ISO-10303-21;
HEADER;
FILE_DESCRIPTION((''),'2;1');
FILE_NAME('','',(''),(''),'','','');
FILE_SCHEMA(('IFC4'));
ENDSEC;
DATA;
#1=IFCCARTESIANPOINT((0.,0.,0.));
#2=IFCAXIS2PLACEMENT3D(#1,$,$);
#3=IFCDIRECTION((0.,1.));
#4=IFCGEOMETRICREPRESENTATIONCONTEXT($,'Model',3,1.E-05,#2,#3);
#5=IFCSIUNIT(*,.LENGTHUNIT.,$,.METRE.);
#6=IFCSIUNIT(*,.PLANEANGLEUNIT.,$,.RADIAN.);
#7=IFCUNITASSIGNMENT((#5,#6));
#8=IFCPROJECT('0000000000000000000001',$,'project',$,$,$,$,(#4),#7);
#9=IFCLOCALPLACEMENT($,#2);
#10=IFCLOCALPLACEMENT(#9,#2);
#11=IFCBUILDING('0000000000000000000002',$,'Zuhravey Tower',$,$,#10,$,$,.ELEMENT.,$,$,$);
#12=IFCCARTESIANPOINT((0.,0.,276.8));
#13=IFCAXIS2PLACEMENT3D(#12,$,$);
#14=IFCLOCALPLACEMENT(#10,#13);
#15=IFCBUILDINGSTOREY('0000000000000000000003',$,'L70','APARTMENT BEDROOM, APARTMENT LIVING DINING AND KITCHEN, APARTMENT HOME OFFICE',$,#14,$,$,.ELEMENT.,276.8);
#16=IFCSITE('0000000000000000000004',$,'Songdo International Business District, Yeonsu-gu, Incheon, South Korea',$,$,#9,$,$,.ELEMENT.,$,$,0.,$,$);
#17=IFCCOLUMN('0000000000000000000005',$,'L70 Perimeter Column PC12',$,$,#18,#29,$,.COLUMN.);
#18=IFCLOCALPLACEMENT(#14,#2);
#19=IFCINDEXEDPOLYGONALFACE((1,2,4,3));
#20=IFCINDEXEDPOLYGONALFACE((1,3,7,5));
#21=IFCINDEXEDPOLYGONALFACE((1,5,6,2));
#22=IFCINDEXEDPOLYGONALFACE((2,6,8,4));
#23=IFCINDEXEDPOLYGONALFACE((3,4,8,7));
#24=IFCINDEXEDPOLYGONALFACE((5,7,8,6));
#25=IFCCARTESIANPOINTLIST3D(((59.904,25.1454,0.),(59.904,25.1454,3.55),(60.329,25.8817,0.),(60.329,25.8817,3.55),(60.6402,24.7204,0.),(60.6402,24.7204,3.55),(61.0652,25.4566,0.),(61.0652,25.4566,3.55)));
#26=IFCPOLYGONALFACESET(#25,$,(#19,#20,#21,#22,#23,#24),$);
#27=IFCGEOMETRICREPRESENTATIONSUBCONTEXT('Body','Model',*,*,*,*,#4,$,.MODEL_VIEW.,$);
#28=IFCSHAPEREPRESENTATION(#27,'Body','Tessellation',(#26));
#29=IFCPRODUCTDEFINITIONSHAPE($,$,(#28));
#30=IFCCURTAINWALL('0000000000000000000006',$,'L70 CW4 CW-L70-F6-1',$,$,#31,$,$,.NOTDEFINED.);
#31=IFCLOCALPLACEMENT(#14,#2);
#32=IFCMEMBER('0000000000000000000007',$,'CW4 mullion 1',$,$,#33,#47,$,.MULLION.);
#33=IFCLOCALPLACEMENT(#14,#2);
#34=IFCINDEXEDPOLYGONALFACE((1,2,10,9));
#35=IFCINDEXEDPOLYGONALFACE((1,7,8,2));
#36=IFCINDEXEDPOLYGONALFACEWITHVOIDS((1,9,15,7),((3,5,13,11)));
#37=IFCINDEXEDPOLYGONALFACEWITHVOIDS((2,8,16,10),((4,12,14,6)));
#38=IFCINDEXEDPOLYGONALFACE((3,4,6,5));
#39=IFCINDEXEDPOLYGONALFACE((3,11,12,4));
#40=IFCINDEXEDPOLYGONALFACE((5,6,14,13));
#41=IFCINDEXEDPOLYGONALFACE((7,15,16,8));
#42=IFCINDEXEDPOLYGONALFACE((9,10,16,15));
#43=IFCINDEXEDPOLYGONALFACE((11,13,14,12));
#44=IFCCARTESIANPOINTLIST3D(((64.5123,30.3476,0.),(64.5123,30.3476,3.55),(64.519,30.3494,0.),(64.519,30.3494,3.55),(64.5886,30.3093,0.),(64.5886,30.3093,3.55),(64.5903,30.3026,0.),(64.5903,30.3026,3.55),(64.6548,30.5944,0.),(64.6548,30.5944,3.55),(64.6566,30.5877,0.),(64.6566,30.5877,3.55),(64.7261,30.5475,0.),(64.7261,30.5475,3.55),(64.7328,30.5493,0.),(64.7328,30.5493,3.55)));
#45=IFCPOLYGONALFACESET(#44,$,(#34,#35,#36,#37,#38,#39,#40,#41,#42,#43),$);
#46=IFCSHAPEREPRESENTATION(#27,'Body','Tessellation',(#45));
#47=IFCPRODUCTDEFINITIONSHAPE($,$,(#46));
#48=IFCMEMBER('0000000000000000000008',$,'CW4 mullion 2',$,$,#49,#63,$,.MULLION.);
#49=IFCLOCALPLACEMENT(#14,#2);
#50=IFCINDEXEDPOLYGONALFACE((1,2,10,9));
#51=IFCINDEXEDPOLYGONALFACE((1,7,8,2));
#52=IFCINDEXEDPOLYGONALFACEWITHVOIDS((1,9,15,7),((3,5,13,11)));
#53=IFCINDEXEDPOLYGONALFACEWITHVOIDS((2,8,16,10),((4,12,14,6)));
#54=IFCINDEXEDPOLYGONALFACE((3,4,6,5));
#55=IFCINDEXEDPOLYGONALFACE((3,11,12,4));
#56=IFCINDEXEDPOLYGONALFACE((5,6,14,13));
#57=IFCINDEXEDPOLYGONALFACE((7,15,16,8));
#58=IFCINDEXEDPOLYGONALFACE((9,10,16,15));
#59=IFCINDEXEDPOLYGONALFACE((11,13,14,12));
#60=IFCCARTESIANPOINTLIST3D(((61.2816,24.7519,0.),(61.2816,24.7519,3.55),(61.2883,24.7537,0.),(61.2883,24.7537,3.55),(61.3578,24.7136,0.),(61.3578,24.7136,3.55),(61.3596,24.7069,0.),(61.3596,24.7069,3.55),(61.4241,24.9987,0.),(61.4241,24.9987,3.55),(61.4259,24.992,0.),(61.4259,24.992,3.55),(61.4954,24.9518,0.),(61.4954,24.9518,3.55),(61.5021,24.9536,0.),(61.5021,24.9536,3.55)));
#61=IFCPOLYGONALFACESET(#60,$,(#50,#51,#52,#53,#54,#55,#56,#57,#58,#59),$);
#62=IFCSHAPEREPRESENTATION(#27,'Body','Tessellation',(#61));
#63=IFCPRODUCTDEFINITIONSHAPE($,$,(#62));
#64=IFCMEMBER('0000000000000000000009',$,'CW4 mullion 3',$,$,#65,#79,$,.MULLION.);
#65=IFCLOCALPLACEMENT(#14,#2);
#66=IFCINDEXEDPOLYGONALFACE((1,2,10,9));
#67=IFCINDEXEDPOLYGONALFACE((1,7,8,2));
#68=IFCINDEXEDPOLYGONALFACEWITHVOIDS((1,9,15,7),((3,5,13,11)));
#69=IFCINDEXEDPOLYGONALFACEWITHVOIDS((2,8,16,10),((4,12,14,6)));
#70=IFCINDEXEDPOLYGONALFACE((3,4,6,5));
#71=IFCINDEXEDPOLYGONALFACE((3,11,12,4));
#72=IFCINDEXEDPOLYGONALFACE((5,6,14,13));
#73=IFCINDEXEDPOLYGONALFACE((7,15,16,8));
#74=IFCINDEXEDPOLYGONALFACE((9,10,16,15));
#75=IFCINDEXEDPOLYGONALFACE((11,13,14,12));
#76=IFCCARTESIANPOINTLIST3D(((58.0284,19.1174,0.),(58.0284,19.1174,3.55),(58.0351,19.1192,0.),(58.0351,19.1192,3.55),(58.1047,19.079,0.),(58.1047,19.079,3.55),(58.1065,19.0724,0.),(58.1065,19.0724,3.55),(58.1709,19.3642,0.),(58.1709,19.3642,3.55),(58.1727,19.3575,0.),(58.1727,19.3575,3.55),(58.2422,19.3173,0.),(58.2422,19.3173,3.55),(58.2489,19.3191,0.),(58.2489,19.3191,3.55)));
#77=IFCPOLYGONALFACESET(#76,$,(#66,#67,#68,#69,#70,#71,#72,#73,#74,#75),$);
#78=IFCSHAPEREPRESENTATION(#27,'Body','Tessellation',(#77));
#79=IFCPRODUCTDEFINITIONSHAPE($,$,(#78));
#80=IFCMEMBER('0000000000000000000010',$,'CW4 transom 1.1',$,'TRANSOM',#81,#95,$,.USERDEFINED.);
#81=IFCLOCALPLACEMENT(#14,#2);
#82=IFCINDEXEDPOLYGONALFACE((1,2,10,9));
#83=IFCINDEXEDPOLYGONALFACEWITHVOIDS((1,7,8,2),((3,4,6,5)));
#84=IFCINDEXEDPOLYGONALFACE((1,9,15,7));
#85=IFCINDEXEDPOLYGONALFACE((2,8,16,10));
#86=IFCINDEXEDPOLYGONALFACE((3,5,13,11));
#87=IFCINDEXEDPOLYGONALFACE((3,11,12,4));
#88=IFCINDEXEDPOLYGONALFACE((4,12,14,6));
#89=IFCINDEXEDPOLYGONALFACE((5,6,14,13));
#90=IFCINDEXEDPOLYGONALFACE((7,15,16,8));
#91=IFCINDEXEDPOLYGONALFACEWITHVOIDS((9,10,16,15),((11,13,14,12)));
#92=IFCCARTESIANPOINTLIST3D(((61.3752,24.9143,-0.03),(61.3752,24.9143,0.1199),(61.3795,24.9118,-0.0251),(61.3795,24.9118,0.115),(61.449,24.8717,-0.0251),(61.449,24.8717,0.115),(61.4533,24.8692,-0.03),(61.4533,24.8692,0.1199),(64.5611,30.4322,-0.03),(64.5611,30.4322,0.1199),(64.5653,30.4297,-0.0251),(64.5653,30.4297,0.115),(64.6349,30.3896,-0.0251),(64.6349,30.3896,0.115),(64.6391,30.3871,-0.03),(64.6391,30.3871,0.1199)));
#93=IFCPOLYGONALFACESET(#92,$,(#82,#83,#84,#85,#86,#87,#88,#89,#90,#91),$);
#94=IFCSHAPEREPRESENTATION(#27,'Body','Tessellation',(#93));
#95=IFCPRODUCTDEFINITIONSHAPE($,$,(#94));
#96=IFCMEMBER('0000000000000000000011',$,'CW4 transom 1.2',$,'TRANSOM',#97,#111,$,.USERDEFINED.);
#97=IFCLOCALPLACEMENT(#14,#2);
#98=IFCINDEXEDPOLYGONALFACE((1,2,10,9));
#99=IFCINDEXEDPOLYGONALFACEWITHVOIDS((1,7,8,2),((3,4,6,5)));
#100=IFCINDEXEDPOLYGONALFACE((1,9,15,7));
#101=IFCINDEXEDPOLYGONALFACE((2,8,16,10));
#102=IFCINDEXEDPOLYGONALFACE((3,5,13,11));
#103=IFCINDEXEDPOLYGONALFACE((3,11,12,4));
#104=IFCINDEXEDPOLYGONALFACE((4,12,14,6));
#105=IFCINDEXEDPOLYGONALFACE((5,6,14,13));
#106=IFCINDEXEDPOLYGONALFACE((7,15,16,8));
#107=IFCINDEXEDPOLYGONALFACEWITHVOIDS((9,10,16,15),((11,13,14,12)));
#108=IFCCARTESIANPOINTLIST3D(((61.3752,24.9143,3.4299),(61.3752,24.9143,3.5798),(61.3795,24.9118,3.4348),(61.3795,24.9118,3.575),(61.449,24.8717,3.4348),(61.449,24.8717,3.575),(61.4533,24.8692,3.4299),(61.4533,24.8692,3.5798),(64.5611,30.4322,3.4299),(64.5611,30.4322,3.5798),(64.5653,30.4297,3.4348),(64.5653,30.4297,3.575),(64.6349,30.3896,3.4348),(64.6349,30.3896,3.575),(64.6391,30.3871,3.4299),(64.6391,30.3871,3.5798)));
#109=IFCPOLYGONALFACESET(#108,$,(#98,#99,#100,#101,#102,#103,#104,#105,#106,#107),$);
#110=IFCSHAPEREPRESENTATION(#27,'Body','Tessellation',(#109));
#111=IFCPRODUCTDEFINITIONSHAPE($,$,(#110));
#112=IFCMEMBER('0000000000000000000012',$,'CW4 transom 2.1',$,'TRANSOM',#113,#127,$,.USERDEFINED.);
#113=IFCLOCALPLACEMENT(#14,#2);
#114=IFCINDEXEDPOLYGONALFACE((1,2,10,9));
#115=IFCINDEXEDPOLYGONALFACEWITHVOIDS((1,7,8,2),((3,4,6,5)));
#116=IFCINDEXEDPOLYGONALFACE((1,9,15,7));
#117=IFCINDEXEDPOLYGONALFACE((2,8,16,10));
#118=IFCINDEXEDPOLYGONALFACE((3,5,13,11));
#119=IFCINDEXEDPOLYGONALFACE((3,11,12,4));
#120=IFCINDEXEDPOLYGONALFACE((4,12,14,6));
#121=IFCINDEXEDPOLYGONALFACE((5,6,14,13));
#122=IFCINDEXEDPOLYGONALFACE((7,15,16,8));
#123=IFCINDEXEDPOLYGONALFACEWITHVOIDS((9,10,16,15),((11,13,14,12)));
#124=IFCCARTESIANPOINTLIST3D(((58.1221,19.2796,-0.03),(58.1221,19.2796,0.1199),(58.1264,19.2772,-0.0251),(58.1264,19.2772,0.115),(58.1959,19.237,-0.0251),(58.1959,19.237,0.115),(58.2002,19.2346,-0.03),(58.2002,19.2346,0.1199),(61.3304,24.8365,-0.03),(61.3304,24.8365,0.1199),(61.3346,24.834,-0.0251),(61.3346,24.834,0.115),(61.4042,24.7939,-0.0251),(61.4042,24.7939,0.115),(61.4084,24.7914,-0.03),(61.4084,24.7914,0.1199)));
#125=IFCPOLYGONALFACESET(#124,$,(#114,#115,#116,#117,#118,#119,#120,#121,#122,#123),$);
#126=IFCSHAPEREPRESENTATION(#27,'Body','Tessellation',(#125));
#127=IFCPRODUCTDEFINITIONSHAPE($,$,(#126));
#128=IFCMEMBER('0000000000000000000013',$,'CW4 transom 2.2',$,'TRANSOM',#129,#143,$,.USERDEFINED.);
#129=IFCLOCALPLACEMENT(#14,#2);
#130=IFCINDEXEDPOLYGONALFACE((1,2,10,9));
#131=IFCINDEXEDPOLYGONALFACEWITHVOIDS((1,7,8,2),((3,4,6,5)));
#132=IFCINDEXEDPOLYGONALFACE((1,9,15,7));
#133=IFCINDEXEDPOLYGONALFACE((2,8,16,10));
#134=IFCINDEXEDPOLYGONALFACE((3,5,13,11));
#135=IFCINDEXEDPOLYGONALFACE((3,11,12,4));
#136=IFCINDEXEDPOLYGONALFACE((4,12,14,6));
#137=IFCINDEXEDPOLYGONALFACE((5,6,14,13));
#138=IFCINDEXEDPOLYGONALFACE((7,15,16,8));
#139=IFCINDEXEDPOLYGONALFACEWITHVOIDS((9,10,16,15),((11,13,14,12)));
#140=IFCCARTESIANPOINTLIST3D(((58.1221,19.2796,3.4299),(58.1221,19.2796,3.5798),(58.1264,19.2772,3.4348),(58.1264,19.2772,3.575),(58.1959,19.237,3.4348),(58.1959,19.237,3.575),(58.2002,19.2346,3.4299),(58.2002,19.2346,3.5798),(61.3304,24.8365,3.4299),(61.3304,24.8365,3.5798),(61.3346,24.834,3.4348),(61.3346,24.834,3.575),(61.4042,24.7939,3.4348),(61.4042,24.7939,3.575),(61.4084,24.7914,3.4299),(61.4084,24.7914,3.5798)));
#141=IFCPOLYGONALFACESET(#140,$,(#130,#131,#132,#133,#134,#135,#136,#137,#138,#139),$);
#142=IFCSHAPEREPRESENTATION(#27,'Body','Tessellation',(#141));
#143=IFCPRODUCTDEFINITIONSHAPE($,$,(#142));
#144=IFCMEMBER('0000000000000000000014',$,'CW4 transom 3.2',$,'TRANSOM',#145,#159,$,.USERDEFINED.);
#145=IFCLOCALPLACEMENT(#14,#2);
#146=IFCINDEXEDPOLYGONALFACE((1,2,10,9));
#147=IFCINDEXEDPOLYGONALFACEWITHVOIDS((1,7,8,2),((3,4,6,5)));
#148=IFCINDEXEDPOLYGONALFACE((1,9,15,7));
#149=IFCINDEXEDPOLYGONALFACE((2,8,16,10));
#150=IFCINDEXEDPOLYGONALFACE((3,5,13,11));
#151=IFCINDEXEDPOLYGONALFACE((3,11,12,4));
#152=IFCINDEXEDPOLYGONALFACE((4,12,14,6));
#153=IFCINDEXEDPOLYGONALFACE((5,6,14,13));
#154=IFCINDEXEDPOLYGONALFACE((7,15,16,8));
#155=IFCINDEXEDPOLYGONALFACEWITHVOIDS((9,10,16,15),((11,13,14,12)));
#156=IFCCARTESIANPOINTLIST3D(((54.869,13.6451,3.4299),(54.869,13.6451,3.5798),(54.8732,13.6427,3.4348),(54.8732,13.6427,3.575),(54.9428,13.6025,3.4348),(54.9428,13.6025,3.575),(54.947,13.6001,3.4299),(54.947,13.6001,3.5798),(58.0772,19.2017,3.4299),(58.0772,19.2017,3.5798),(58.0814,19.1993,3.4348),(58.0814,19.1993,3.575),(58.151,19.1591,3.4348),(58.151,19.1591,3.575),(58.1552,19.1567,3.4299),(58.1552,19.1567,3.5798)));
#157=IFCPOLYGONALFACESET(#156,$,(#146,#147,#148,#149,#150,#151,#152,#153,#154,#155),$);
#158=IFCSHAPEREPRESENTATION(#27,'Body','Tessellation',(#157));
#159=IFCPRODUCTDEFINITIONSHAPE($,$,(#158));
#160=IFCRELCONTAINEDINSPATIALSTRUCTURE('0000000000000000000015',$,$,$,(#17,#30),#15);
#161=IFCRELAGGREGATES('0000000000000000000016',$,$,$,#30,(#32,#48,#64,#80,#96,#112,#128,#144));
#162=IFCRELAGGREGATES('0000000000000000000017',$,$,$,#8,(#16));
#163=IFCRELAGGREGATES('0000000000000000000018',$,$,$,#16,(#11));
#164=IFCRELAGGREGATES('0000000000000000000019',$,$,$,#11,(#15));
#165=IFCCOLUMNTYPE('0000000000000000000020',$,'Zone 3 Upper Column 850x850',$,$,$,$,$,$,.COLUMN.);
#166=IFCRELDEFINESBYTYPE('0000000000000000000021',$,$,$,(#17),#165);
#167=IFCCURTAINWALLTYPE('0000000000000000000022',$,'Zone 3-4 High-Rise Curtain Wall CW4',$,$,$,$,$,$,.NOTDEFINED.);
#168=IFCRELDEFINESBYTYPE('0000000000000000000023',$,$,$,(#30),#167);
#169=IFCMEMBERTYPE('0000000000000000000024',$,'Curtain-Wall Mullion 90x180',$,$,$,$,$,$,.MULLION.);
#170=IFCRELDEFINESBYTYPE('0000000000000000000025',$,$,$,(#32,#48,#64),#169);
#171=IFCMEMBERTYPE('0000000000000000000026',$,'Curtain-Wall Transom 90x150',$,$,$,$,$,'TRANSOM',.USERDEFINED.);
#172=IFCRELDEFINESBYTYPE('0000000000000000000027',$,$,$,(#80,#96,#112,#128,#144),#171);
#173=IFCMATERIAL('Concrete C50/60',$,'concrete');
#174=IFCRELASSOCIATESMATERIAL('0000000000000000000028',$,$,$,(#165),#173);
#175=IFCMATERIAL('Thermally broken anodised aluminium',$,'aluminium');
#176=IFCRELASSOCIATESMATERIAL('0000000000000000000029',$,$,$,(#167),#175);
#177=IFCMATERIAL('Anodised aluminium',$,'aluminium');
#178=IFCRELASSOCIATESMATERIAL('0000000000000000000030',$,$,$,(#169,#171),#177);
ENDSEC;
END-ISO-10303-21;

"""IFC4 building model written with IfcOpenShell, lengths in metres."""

from ifc_helpers import new_model, si_unit, direction, frame, origin, origin_2d, place, context, subcontext, project, spatial, rectangle, hollow_rectangle, extrude, material, material_profile, profile_set, type_object, element, aggregate, save


model = new_model("IFC4")

# Units and contexts
model_context = context("Model", 3, precision=1e-05, world=origin(), true_north=direction((0.0, 1.0)))
body_context = subcontext(model_context, "Body", "Model", "MODEL_VIEW")
ifc_project = project(units=[si_unit("LENGTHUNIT", "METRE"), si_unit("PLANEANGLEUNIT", "RADIAN")], contexts=[model_context])

# Site, building, storey
site_placement = place(None, origin())
site = spatial("IfcSite", under=ifc_project, at=site_placement, Name="Songdo International Business District, Yeonsu-gu, Incheon, South Korea", CompositionType="ELEMENT", RefElevation=0.0)
building_placement = place(site_placement, origin())
building = spatial("IfcBuilding", under=site, at=building_placement, Name="Zuhravey Tower", CompositionType="ELEMENT")
storey_placement = place(building_placement, frame((0.0, 0.0, 276.8)))
storey = spatial("IfcBuildingStorey", under=building, at=storey_placement, Name="L70", Description="APARTMENT BEDROOM, APARTMENT LIVING DINING AND KITCHEN, APARTMENT HOME OFFICE", CompositionType="ELEMENT", Elevation=276.8)

# Column
ifc_material_1 = material(Name="Concrete C50/60", Category="concrete")
ifc_material_profile_1 = material_profile(ifc_material_1, rectangle(XDim=0.8501, YDim=0.8501, at=origin_2d()), Name="RC-850x850")
ifc_profile_set_1 = profile_set([ifc_material_profile_1], Name="Concrete C50/60")
column_type = type_object("IfcColumnType", Name="Zone 3 Upper Column 850x850", PredefinedType="COLUMN", material=ifc_profile_set_1)
column_placement = place(storey_placement, frame((60.4846, 25.301, 0.0), z_axis=(0.0, 0.0, 1.0), x_axis=(0.5, 0.866025, 0.0)))
element("IfcColumn", 1, at=column_placement, inside=storey, type_object=column_type, Name="L70 Perimeter Column PC12", PredefinedType="COLUMN", context=body_context, shape_type="SweptSolid", body=[
    extrude(rectangle(XDim=0.8501, YDim=0.8501, at=origin_2d()), origin(), (0.0, 0.0, 1.0), 3.55),
])

# Curtain wall, members
ifc_material_2 = material(Name="Thermally broken anodised aluminium", Category="aluminium")
curtain_wall_type = type_object("IfcCurtainWallType", Name="Zone 3-4 High-Rise Curtain Wall CW4", PredefinedType="NOTDEFINED", material=ifc_material_2)
curtain_wall_placement = place(storey_placement, origin())
curtain_wall = element("IfcCurtainWall", 2, at=curtain_wall_placement, inside=storey, type_object=curtain_wall_type, Name="L70 CW4 CW-L70-F6-1", PredefinedType="NOTDEFINED")
ifc_material_3 = material(Name="Anodised aluminium", Category="aluminium")
ifc_material_profile_2 = material_profile(ifc_material_3, hollow_rectangle(XDim=0.0901, YDim=0.2849, WallThickness=0.0049, at=origin_2d()), Name="ALU-RHS-90x285x5")
ifc_profile_set_2 = profile_set([ifc_material_profile_2], Name="Anodised aluminium")
member_type_1 = type_object("IfcMemberType", Name="Curtain-Wall Mullion 90x180", PredefinedType="MULLION", material=ifc_profile_set_2)
member_1_placement = place(storey_placement, frame((64.6226, 30.4485, 0.0), z_axis=(0.0, 0.0, 1.0), x_axis=(0.866025, -0.500001, 0.0)))
member_1 = element("IfcMember", 3, at=member_1_placement, type_object=member_type_1, Name="CW4 mullion 1", PredefinedType="MULLION", context=body_context, shape_type="SweptSolid", body=[
    extrude(hollow_rectangle(XDim=0.0901, YDim=0.2849, WallThickness=0.0049, at=origin_2d()), origin(), (0.0, 0.0, 1.0), 3.55),
])
member_2_placement = place(storey_placement, frame((61.3918, 24.8528, 0.0), z_axis=(0.0, 0.0, 1.0), x_axis=(0.866025, -0.500001, 0.0)))
member_2 = element("IfcMember", 4, at=member_2_placement, type_object=member_type_1, Name="CW4 mullion 2", PredefinedType="MULLION", context=body_context, shape_type="SweptSolid", body=[
    extrude(hollow_rectangle(XDim=0.0901, YDim=0.2849, WallThickness=0.0049, at=origin_2d()), origin(), (0.0, 0.0, 1.0), 3.55),
])
member_3_placement = place(storey_placement, frame((58.1387, 19.2183, 0.0), z_axis=(0.0, 0.0, 1.0), x_axis=(0.866025, -0.500001, 0.0)))
member_3 = element("IfcMember", 5, at=member_3_placement, type_object=member_type_1, Name="CW4 mullion 3", PredefinedType="MULLION", context=body_context, shape_type="SweptSolid", body=[
    extrude(hollow_rectangle(XDim=0.0901, YDim=0.2849, WallThickness=0.0049, at=origin_2d()), origin(), (0.0, 0.0, 1.0), 3.55),
])
ifc_material_profile_3 = material_profile(ifc_material_3, hollow_rectangle(XDim=0.0901, YDim=0.1499, WallThickness=0.0049, at=origin_2d()), Name="ALU-RHS-90x150x5")
ifc_profile_set_3 = profile_set([ifc_material_profile_3], Name="Anodised aluminium")
member_type_2 = type_object("IfcMemberType", Name="Curtain-Wall Transom 90x150", ElementType="TRANSOM", PredefinedType="USERDEFINED", material=ifc_profile_set_3)
member_4_placement = place(storey_placement, frame((64.6001, 30.4097, 0.0449), z_axis=(-0.500009, -0.86602, 0.0), x_axis=(0.86602, -0.500009, 0.0)))
member_4 = element("IfcMember", 6, at=member_4_placement, type_object=member_type_2, Name="CW4 transom 1.1", ObjectType="TRANSOM", PredefinedType="USERDEFINED", context=body_context, shape_type="SweptSolid", body=[
    extrude(hollow_rectangle(XDim=0.0901, YDim=0.1499, WallThickness=0.0049, at=origin_2d()), origin(), (0.0, 0.0, 1.0), 6.3716),
])
member_5_placement = place(storey_placement, frame((64.6001, 30.4097, 3.5049), z_axis=(-0.500009, -0.86602, 0.0), x_axis=(0.86602, -0.500009, 0.0)))
member_5 = element("IfcMember", 7, at=member_5_placement, type_object=member_type_2, Name="CW4 transom 1.2", ObjectType="TRANSOM", PredefinedType="USERDEFINED", context=body_context, shape_type="SweptSolid", body=[
    extrude(hollow_rectangle(XDim=0.0901, YDim=0.1499, WallThickness=0.0049, at=origin_2d()), origin(), (0.0, 0.0, 1.0), 6.3716),
])
member_6_placement = place(storey_placement, frame((61.3694, 24.814, 0.0449), z_axis=(-0.499998, -0.866027, 0.0), x_axis=(0.866027, -0.499998, 0.0)))
member_6 = element("IfcMember", 8, at=member_6_placement, type_object=member_type_2, Name="CW4 transom 2.1", ObjectType="TRANSOM", PredefinedType="USERDEFINED", context=body_context, shape_type="SweptSolid", body=[
    extrude(hollow_rectangle(XDim=0.0901, YDim=0.1499, WallThickness=0.0049, at=origin_2d()), origin(), (0.0, 0.0, 1.0), 6.4165),
])
member_7_placement = place(storey_placement, frame((61.3694, 24.814, 3.5049), z_axis=(-0.499998, -0.866027, 0.0), x_axis=(0.866027, -0.499998, 0.0)))
member_7 = element("IfcMember", 9, at=member_7_placement, type_object=member_type_2, Name="CW4 transom 2.2", ObjectType="TRANSOM", PredefinedType="USERDEFINED", context=body_context, shape_type="SweptSolid", body=[
    extrude(hollow_rectangle(XDim=0.0901, YDim=0.1499, WallThickness=0.0049, at=origin_2d()), origin(), (0.0, 0.0, 1.0), 6.4165),
])
member_8_placement = place(storey_placement, frame((58.1162, 19.1792, 3.5049), z_axis=(-0.500014, -0.866017, 0.0), x_axis=(0.866017, -0.500014, 0.0)))
member_8 = element("IfcMember", 10, at=member_8_placement, type_object=member_type_2, Name="CW4 transom 3.2", ObjectType="TRANSOM", PredefinedType="USERDEFINED", context=body_context, shape_type="SweptSolid", body=[
    extrude(hollow_rectangle(XDim=0.0901, YDim=0.1499, WallThickness=0.0049, at=origin_2d()), origin(), (0.0, 0.0, 1.0), 6.4163),
])

aggregate(curtain_wall, [member_1, member_2, member_3, member_4, member_5, member_6, member_7, member_8])

save(model, "model.ifc")
